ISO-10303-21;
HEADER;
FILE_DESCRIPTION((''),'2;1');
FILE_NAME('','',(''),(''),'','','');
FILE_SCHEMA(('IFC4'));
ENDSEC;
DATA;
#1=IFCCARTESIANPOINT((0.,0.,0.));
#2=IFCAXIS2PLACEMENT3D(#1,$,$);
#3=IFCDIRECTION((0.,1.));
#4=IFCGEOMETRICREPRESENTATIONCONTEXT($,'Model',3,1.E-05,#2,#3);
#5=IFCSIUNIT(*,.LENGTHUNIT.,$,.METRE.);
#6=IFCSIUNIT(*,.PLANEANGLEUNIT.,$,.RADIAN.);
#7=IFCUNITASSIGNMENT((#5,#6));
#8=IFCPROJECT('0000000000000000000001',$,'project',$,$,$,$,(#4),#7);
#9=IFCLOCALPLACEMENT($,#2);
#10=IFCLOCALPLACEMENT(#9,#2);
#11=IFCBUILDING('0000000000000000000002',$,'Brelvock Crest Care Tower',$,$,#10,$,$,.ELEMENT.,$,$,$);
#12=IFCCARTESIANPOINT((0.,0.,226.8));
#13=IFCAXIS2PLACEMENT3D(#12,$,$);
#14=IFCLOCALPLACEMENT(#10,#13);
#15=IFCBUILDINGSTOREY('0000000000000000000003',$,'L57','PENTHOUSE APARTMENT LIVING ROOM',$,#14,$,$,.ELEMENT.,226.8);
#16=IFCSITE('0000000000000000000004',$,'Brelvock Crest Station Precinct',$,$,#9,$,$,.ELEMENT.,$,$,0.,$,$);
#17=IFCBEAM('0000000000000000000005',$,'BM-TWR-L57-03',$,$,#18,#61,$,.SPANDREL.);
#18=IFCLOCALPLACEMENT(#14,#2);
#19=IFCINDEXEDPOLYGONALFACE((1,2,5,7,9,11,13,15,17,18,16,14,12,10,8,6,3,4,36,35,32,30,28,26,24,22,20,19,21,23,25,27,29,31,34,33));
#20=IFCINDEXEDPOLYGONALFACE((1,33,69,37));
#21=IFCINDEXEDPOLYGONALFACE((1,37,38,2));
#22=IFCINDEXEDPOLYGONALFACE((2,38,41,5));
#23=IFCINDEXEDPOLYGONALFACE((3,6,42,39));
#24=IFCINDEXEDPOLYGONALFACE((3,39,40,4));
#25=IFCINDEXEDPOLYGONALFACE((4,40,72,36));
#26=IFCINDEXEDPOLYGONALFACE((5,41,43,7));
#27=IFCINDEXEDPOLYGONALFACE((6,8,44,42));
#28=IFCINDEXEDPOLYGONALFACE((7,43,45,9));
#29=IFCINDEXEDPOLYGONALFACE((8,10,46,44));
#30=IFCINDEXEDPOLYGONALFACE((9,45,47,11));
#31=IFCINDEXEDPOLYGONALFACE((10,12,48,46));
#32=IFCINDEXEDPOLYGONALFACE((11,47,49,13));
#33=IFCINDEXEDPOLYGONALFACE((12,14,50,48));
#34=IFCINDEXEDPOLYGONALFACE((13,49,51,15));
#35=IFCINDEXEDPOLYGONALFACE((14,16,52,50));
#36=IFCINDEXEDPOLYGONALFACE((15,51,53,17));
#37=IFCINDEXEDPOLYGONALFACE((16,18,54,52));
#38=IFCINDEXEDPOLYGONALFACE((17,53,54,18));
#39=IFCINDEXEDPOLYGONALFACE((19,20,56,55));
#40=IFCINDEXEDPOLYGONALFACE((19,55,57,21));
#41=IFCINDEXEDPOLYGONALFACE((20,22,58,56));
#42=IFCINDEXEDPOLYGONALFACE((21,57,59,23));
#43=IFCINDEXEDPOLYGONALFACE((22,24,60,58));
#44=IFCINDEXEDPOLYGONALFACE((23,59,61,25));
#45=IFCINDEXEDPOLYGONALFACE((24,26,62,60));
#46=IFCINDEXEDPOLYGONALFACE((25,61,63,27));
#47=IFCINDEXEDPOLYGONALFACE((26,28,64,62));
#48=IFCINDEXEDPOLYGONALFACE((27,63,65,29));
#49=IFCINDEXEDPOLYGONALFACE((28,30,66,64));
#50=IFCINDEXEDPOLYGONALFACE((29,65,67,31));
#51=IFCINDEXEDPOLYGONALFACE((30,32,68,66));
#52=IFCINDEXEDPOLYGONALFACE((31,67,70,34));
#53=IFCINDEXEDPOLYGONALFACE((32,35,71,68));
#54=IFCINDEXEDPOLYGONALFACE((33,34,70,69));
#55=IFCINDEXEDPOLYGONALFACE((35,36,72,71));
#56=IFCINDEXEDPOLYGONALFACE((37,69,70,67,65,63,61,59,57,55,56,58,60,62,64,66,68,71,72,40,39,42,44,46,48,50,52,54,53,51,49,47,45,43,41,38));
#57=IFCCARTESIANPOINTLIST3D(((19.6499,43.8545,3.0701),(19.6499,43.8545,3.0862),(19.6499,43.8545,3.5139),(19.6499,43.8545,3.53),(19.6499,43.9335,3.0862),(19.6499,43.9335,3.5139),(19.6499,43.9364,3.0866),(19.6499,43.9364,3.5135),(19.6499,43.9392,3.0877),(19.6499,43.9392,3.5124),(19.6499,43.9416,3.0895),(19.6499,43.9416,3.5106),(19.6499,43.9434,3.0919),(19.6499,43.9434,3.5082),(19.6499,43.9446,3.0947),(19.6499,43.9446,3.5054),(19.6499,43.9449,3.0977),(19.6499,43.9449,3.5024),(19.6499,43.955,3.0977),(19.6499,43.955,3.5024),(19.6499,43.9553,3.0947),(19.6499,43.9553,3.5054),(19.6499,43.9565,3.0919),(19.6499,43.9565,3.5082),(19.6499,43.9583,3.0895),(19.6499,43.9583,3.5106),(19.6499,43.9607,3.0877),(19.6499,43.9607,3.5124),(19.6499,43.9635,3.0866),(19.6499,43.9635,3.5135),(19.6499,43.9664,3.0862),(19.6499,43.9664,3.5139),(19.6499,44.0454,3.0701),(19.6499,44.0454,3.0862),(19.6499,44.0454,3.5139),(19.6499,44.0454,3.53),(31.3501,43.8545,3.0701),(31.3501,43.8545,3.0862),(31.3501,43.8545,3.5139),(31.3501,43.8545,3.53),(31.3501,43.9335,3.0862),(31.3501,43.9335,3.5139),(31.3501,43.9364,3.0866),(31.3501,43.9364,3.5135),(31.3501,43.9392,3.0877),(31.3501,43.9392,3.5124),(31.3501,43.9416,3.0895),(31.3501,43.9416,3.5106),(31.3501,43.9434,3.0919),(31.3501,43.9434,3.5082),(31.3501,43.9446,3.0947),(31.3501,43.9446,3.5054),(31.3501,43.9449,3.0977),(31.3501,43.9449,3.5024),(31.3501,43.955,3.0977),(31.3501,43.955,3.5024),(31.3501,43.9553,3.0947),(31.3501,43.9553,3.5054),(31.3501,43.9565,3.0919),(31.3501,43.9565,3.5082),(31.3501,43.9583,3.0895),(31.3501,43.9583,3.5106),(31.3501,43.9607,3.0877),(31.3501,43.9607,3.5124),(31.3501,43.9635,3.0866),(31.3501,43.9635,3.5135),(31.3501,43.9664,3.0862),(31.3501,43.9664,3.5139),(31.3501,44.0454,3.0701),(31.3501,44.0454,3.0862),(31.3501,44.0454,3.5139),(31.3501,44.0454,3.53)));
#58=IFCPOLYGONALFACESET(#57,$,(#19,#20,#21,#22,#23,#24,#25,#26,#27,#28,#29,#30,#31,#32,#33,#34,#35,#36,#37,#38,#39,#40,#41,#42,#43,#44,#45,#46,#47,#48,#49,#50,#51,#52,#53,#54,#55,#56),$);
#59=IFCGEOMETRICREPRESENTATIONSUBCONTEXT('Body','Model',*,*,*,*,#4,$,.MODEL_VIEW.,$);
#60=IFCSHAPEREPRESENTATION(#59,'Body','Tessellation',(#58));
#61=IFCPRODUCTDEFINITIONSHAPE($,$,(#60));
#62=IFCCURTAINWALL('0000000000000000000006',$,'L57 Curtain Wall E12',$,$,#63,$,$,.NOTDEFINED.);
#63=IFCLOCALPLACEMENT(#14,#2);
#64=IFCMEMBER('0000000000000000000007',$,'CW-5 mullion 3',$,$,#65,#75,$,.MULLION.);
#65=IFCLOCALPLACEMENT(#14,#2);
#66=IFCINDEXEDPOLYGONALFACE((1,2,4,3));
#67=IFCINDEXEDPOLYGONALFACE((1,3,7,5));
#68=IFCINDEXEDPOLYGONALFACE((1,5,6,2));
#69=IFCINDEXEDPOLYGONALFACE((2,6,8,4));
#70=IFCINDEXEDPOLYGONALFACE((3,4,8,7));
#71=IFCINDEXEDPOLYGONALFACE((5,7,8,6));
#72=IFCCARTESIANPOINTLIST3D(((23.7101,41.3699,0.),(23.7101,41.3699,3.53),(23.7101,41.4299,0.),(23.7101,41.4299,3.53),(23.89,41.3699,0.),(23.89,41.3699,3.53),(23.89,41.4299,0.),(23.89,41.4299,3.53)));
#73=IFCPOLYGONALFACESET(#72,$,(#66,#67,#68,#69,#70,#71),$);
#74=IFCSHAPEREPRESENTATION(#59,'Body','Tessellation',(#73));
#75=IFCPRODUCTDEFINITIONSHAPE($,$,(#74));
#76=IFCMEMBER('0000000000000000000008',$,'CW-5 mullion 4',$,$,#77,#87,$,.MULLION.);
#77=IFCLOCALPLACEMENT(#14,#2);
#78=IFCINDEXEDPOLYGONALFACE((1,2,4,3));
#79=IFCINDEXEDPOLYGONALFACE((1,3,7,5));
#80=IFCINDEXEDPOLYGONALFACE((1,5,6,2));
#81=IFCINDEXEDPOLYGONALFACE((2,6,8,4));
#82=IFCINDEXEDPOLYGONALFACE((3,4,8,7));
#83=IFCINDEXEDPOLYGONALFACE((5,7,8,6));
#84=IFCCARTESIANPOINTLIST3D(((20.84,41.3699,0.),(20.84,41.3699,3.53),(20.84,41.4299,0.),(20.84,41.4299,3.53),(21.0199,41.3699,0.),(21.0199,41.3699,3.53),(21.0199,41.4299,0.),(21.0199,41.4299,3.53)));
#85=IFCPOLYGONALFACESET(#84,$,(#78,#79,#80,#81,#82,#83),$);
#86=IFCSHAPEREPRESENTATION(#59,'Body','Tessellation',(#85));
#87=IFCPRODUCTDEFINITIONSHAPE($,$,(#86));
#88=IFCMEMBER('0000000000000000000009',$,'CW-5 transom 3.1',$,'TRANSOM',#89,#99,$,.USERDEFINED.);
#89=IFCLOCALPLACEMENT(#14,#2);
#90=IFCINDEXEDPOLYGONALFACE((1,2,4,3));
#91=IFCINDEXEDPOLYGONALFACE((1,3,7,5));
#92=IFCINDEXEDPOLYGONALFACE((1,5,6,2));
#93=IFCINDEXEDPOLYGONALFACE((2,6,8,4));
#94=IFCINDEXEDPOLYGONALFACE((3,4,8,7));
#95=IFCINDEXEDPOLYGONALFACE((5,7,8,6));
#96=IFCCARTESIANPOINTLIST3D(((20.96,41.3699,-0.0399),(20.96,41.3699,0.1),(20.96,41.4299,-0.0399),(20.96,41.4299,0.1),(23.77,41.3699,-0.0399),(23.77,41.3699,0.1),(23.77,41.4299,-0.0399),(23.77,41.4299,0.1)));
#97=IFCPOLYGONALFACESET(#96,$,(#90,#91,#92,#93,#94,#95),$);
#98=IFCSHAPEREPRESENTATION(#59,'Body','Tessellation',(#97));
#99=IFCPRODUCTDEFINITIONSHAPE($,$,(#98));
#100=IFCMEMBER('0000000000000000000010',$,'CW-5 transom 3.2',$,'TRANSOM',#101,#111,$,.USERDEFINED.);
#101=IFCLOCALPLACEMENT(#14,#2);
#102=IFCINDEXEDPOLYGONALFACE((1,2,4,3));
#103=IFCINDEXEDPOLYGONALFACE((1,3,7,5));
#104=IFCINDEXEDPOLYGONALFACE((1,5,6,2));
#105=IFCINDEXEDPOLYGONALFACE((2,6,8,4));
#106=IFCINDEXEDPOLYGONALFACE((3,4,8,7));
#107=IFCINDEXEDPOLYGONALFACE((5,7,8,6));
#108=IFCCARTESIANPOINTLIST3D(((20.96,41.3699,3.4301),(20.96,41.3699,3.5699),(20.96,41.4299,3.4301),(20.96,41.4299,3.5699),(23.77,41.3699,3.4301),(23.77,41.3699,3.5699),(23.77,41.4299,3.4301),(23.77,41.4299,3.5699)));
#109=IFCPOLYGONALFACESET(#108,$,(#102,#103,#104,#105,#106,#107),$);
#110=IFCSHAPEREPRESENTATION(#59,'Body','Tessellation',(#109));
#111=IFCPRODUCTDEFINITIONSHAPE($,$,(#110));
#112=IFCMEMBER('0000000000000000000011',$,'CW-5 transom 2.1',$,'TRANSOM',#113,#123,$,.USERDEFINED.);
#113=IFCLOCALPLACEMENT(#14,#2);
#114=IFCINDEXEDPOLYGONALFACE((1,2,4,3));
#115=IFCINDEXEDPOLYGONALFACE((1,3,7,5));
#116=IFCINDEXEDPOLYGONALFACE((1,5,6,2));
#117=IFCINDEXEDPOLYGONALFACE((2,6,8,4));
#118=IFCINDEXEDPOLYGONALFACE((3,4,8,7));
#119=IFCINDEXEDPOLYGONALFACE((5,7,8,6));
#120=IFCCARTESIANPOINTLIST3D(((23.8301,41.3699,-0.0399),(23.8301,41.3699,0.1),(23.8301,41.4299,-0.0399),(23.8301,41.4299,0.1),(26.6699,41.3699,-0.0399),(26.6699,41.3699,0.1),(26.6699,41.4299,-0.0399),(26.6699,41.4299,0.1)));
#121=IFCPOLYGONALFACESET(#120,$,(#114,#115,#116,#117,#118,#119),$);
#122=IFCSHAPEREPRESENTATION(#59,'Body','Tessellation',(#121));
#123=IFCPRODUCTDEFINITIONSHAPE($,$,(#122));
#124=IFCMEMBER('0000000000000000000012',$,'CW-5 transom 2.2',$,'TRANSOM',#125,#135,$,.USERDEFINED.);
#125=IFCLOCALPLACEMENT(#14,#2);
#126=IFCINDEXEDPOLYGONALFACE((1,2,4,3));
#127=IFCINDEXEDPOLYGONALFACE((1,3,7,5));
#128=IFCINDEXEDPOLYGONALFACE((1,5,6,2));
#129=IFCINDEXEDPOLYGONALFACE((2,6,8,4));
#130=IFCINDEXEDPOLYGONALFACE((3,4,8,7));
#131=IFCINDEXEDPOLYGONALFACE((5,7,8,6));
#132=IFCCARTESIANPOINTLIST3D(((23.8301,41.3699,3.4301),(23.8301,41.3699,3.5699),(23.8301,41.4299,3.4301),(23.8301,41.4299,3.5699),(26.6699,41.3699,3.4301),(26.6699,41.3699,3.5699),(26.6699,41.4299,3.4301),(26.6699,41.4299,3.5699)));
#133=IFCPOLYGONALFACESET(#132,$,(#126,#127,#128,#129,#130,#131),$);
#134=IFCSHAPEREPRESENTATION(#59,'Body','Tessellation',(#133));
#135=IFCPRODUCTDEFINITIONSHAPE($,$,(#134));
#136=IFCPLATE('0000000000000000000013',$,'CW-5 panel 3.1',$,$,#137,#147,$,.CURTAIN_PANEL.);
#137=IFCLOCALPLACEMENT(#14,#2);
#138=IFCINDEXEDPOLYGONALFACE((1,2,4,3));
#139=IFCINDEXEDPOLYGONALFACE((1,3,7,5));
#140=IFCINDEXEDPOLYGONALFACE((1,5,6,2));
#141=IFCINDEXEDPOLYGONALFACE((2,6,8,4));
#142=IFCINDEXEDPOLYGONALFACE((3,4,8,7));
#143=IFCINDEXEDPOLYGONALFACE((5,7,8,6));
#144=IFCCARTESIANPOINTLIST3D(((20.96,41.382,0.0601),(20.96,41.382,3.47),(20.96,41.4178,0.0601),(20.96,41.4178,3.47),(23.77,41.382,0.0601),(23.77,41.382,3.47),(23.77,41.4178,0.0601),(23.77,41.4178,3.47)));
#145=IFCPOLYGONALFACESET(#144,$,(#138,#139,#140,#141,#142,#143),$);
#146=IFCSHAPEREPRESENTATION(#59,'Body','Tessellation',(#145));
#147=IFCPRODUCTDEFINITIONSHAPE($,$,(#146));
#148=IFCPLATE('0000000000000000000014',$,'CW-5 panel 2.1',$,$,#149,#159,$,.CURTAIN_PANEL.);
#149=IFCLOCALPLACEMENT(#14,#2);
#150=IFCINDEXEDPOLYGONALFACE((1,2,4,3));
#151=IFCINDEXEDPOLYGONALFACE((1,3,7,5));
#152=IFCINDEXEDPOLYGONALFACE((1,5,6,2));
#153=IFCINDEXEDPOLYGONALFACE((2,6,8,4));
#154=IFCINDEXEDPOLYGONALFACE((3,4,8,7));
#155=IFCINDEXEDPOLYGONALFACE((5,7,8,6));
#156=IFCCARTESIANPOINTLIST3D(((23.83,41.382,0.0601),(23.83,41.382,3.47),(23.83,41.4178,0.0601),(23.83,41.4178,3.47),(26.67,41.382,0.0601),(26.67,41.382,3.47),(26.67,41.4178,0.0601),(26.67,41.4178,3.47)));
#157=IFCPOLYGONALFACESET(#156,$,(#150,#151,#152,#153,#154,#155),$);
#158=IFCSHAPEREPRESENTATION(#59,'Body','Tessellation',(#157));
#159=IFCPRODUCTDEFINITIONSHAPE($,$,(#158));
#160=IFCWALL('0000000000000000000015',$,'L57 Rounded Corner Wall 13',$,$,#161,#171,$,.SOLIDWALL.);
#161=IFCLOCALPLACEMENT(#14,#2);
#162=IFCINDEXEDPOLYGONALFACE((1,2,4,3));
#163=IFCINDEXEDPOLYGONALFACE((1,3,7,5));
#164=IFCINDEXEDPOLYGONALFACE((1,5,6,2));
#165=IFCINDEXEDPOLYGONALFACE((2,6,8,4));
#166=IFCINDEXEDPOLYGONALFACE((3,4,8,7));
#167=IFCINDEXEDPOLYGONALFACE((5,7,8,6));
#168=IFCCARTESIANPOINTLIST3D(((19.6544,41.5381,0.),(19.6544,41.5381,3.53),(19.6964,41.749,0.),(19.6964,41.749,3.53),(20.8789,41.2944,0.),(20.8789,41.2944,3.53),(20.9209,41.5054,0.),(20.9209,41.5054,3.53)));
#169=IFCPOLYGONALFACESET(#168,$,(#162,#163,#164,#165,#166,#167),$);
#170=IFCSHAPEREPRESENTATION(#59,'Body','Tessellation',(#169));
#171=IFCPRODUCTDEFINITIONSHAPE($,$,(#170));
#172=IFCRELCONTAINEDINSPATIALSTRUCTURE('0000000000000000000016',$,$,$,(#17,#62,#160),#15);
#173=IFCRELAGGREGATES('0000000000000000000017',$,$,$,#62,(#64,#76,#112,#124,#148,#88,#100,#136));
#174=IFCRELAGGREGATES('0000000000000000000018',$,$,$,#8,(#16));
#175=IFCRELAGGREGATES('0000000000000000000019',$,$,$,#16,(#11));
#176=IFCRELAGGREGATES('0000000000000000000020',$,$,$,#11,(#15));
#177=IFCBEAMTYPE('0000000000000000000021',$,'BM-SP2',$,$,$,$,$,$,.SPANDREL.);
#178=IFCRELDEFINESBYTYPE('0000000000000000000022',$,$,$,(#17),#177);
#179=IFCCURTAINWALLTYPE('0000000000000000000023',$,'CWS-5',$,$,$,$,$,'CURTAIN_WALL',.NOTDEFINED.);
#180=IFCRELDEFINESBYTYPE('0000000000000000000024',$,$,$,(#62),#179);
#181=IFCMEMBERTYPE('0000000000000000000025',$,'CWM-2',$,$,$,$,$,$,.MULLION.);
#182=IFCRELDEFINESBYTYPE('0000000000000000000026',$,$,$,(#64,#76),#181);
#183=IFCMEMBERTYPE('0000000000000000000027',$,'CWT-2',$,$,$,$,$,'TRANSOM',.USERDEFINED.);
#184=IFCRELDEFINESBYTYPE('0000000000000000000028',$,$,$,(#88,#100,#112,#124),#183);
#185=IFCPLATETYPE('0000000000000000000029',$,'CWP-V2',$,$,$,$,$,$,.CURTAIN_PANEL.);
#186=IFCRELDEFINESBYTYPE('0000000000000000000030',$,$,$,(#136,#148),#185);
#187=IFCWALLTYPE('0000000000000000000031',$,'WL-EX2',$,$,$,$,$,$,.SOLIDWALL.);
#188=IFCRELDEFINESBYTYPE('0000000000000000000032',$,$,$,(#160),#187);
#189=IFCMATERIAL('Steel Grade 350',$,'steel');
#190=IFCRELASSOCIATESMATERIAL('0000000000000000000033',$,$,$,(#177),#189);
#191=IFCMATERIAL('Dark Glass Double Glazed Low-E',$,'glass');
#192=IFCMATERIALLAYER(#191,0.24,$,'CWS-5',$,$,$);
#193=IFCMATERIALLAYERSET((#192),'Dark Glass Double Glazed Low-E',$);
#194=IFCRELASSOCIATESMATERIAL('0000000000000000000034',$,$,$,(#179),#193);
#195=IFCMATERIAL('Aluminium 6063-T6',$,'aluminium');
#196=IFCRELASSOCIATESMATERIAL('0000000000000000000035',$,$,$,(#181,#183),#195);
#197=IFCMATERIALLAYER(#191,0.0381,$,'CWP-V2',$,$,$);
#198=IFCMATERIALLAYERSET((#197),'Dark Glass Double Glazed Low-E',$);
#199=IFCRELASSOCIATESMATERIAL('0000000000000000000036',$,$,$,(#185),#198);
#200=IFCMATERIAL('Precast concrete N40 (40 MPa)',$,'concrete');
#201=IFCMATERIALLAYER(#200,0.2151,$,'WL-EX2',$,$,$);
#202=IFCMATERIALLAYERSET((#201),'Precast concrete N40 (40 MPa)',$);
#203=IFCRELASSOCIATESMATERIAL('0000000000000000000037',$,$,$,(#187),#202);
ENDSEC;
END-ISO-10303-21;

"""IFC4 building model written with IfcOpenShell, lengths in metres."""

from ifc_helpers import new_model, si_unit, direction, frame, frame_2d, origin, origin_2d, place, context, subcontext, project, spatial, rectangle, i_section, extrude, source, transform, mapped, material, layer, layer_set, material_profile, profile_set, type_object, element, aggregate, save


model = new_model("IFC4")

# Units and contexts
model_context = context("Model", 3, precision=1e-05, world=origin(), true_north=direction((0.0, 1.0)))
body_context = subcontext(model_context, "Body", "Model", "MODEL_VIEW")
ifc_project = project(units=[si_unit("LENGTHUNIT", "METRE"), si_unit("PLANEANGLEUNIT", "RADIAN")], contexts=[model_context])

# Site, building, storey
site_placement = place(None, origin())
site = spatial("IfcSite", under=ifc_project, at=site_placement, Name="Brelvock Crest Station Precinct", CompositionType="ELEMENT", RefElevation=0.0)
building_placement = place(site_placement, origin())
building = spatial("IfcBuilding", under=site, at=building_placement, Name="Brelvock Crest Care Tower", CompositionType="ELEMENT")
storey_placement = place(building_placement, frame((0.0, 0.0, 226.8)))
storey = spatial("IfcBuildingStorey", under=building, at=storey_placement, Name="L57", Description="PENTHOUSE APARTMENT LIVING ROOM", CompositionType="ELEMENT", Elevation=226.8)

# Shared definitions
ifc_material_1 = material(Name="Steel Grade 350", Category="steel")

# Beam
ifc_material_profile_1 = material_profile(ifc_material_1, i_section(OverallWidth=0.1909, OverallDepth=0.46, WebThickness=0.01, FlangeThickness=0.0161, FilletRadius=0.0115, at=origin_2d()), Name="460UB82.1")
ifc_profile_set_1 = profile_set([ifc_material_profile_1], Name="Steel Grade 350")
beam_type_1 = type_object("IfcBeamType", Name="BM-SP2", PredefinedType="SPANDREL", material=ifc_profile_set_1)
shared_shape_1 = source(origin(), body_context, "Body", "SweptSolid", [
    extrude(i_section(OverallWidth=0.1909, OverallDepth=0.46, WebThickness=0.01, FlangeThickness=0.0161, FilletRadius=0.0115, at=origin_2d()), origin(), (0.0, 0.0, 1.0), 11.7002),
])
beam_1_placement = place(storey_placement, frame((19.6499, 43.95, 3.3), z_axis=(1.0, 0.0, 0.0), x_axis=(0.0, 1.0, 0.0)))
element("IfcBeam", 1, at=beam_1_placement, inside=storey, type_object=beam_type_1, Name="BM-TWR-L57-03", PredefinedType="SPANDREL", context=body_context, shape_type="MappedRepresentation", body=[
    mapped(shared_shape_1, transform((0.0, 0.0, 0.0), x_axis=(1.0, 0.0, 0.0), y_axis=(0.0, 1.0, 0.0), z_axis=(0.0, 0.0, 1.0), scale=1.0)),
])

# Curtain wall, members, plates
ifc_material_2 = material(Name="Dark Glass Double Glazed Low-E", Category="glass")
ifc_layer_1 = layer(ifc_material_2, 0.24, Name="CWS-5")
ifc_layer_set_1 = layer_set([ifc_layer_1], Name="Dark Glass Double Glazed Low-E")
curtain_wall_type = type_object("IfcCurtainWallType", Name="CWS-5", ElementType="CURTAIN_WALL", PredefinedType="NOTDEFINED", material=ifc_layer_set_1)
curtain_wall_placement = place(storey_placement, origin())
curtain_wall = element("IfcCurtainWall", 2, at=curtain_wall_placement, inside=storey, type_object=curtain_wall_type, Name="L57 Curtain Wall E12", PredefinedType="NOTDEFINED")
ifc_material_3 = material(Name="Aluminium 6063-T6", Category="aluminium")
ifc_material_profile_2 = material_profile(ifc_material_3, rectangle(XDim=0.0601, YDim=0.1799, at=origin_2d()), Name="ALU60x180")
ifc_profile_set_2 = profile_set([ifc_material_profile_2], Name="Aluminium 6063-T6")
member_type_1 = type_object("IfcMemberType", Name="CWM-2", PredefinedType="MULLION", material=ifc_profile_set_2)
shared_shape_2 = source(origin(), body_context, "Body", "SweptSolid", [
    extrude(rectangle(XDim=0.0601, YDim=0.1799, at=origin_2d()), origin(), (0.0, 0.0, 1.0), 3.53),
])
member_1_placement = place(storey_placement, frame((23.8, 41.3999, 0.0), z_axis=(0.0, 0.0, 1.0), x_axis=(0.0, -1.0, 0.0)))
member_1 = element("IfcMember", 3, at=member_1_placement, type_object=member_type_1, Name="CW-5 mullion 3", PredefinedType="MULLION", context=body_context, shape_type="MappedRepresentation", body=[
    mapped(shared_shape_2, transform((0.0, 0.0, 0.0), x_axis=(1.0, 0.0, 0.0), y_axis=(0.0, 1.0, 0.0), z_axis=(0.0, 0.0, 1.0), scale=1.0)),
])
member_2_placement = place(storey_placement, frame((20.9299, 41.3999, 0.0), z_axis=(0.0, 0.0, 1.0), x_axis=(0.0, -1.0, 0.0)))
member_2 = element("IfcMember", 4, at=member_2_placement, type_object=member_type_1, Name="CW-5 mullion 4", PredefinedType="MULLION", context=body_context, shape_type="MappedRepresentation", body=[
    mapped(shared_shape_2, transform((0.0, 0.0, 0.0), x_axis=(1.0, 0.0, 0.0), y_axis=(0.0, 1.0, 0.0), z_axis=(0.0, 0.0, 1.0), scale=1.0)),
])
ifc_material_profile_3 = material_profile(ifc_material_3, rectangle(XDim=0.0601, YDim=0.1399, at=origin_2d()), Name="ALU60x140")
ifc_profile_set_3 = profile_set([ifc_material_profile_3], Name="Aluminium 6063-T6")
member_type_2 = type_object("IfcMemberType", Name="CWT-2", ElementType="TRANSOM", PredefinedType="USERDEFINED", material=ifc_profile_set_3)
shared_shape_3 = source(origin(), body_context, "Body", "SweptSolid", [
    extrude(rectangle(XDim=0.0601, YDim=0.1399, at=origin_2d()), origin(), (0.0, 0.0, 1.0), 2.8101),
])
member_3_placement = place(storey_placement, frame((23.77, 41.3999, 0.03), z_axis=(-1.0, 0.0, 0.0), x_axis=(0.0, -1.0, 0.0)))
member_3 = element("IfcMember", 5, at=member_3_placement, type_object=member_type_2, Name="CW-5 transom 3.1", ObjectType="TRANSOM", PredefinedType="USERDEFINED", context=body_context, shape_type="MappedRepresentation", body=[
    mapped(shared_shape_3, transform((0.0, 0.0, 0.0), x_axis=(1.0, 0.0, 0.0), y_axis=(0.0, 1.0, 0.0), z_axis=(0.0, 0.0, 1.0), scale=1.0)),
])
member_4_placement = place(storey_placement, frame((23.77, 41.3999, 3.5), z_axis=(-1.0, 0.0, 0.0), x_axis=(0.0, -1.0, 0.0)))
member_4 = element("IfcMember", 6, at=member_4_placement, type_object=member_type_2, Name="CW-5 transom 3.2", ObjectType="TRANSOM", PredefinedType="USERDEFINED", context=body_context, shape_type="MappedRepresentation", body=[
    mapped(shared_shape_3, transform((0.0, 0.0, 0.0), x_axis=(1.0, 0.0, 0.0), y_axis=(0.0, 1.0, 0.0), z_axis=(0.0, 0.0, 1.0), scale=1.0)),
])
shared_shape_4 = source(origin(), body_context, "Body", "SweptSolid", [
    extrude(rectangle(XDim=0.0601, YDim=0.1399, at=origin_2d()), origin(), (0.0, 0.0, 1.0), 2.8398),
])
member_5_placement = place(storey_placement, frame((26.6699, 41.3999, 0.03), z_axis=(-1.0, 0.0, 0.0), x_axis=(0.0, -1.0, 0.0)))
member_5 = element("IfcMember", 7, at=member_5_placement, type_object=member_type_2, Name="CW-5 transom 2.1", ObjectType="TRANSOM", PredefinedType="USERDEFINED", context=body_context, shape_type="MappedRepresentation", body=[
    mapped(shared_shape_4, transform((0.0, 0.0, 0.0), x_axis=(1.0, 0.0, 0.0), y_axis=(0.0, 1.0, 0.0), z_axis=(0.0, 0.0, 1.0), scale=1.0)),
])
member_6_placement = place(storey_placement, frame((26.6699, 41.3999, 3.5), z_axis=(-1.0, 0.0, 0.0), x_axis=(0.0, -1.0, 0.0)))
member_6 = element("IfcMember", 8, at=member_6_placement, type_object=member_type_2, Name="CW-5 transom 2.2", ObjectType="TRANSOM", PredefinedType="USERDEFINED", context=body_context, shape_type="MappedRepresentation", body=[
    mapped(shared_shape_4, transform((0.0, 0.0, 0.0), x_axis=(1.0, 0.0, 0.0), y_axis=(0.0, 1.0, 0.0), z_axis=(0.0, 0.0, 1.0), scale=1.0)),
])
ifc_layer_2 = layer(ifc_material_2, 0.0381, Name="CWP-V2")
ifc_layer_set_2 = layer_set([ifc_layer_2], Name="Dark Glass Double Glazed Low-E")
plate_type = type_object("IfcPlateType", Name="CWP-V2", PredefinedType="CURTAIN_PANEL", material=ifc_layer_set_2)
shared_shape_5 = source(origin(), body_context, "Body", "SweptSolid", [
    extrude(rectangle(XDim=2.8101, YDim=0.0359, at=origin_2d()), origin(), (0.0, 0.0, 1.0), 3.4099),
])
plate_1_placement = place(storey_placement, frame((22.365, 41.3999, 0.0601), z_axis=(0.0, 0.0, 1.0), x_axis=(-1.0, 0.0, 0.0)))
plate_1 = element("IfcPlate", 9, at=plate_1_placement, type_object=plate_type, Name="CW-5 panel 3.1", PredefinedType="CURTAIN_PANEL", context=body_context, shape_type="MappedRepresentation", body=[
    mapped(shared_shape_5, transform((0.0, 0.0, 0.0), x_axis=(1.0, 0.0, 0.0), y_axis=(0.0, 1.0, 0.0), z_axis=(0.0, 0.0, 1.0), scale=1.0)),
])
shared_shape_6 = source(origin(), body_context, "Body", "SweptSolid", [
    extrude(rectangle(XDim=2.8401, YDim=0.0359, at=origin_2d()), origin(), (0.0, 0.0, 1.0), 3.4099),
])
plate_2_placement = place(storey_placement, frame((25.25, 41.3999, 0.0601), z_axis=(0.0, 0.0, 1.0), x_axis=(-1.0, 0.0, 0.0)))
plate_2 = element("IfcPlate", 10, at=plate_2_placement, type_object=plate_type, Name="CW-5 panel 2.1", PredefinedType="CURTAIN_PANEL", context=body_context, shape_type="MappedRepresentation", body=[
    mapped(shared_shape_6, transform((0.0, 0.0, 0.0), x_axis=(1.0, 0.0, 0.0), y_axis=(0.0, 1.0, 0.0), z_axis=(0.0, 0.0, 1.0), scale=1.0)),
])
aggregate(curtain_wall, [member_1, member_2, member_5, member_6, plate_2, member_3, member_4, plate_1])

# Wall
ifc_material_4 = material(Name="Precast concrete N40 (40 MPa)", Category="concrete")
ifc_layer_3 = layer(ifc_material_4, 0.2151, Name="WL-EX2")
ifc_layer_set_3 = layer_set([ifc_layer_3], Name="Precast concrete N40 (40 MPa)")
wall_type_1 = type_object("IfcWallType", Name="WL-EX2", PredefinedType="SOLIDWALL", material=ifc_layer_set_3)
for number, where, z_axis, x_axis, name in (
    (11, (20.8999, 41.3999, 0.0), (0.0, 0.0, 1.0), (-0.980776, 0.195138, 0.0), "L57 Rounded Corner Wall 13"),
):
    element("IfcWall", number, at=place(storey_placement, frame(where, z_axis=z_axis, x_axis=x_axis)), inside=storey, type_object=wall_type_1, Name=name, PredefinedType="SOLIDWALL", context=body_context, shape_type="SweptSolid", body=[
        extrude(rectangle(XDim=1.2485, YDim=0.2151, at=frame_2d((0.6243, 0.0))), origin(), (0.0, 0.0, 1.0), 3.53),
    ])

save(model, "model.ifc")
